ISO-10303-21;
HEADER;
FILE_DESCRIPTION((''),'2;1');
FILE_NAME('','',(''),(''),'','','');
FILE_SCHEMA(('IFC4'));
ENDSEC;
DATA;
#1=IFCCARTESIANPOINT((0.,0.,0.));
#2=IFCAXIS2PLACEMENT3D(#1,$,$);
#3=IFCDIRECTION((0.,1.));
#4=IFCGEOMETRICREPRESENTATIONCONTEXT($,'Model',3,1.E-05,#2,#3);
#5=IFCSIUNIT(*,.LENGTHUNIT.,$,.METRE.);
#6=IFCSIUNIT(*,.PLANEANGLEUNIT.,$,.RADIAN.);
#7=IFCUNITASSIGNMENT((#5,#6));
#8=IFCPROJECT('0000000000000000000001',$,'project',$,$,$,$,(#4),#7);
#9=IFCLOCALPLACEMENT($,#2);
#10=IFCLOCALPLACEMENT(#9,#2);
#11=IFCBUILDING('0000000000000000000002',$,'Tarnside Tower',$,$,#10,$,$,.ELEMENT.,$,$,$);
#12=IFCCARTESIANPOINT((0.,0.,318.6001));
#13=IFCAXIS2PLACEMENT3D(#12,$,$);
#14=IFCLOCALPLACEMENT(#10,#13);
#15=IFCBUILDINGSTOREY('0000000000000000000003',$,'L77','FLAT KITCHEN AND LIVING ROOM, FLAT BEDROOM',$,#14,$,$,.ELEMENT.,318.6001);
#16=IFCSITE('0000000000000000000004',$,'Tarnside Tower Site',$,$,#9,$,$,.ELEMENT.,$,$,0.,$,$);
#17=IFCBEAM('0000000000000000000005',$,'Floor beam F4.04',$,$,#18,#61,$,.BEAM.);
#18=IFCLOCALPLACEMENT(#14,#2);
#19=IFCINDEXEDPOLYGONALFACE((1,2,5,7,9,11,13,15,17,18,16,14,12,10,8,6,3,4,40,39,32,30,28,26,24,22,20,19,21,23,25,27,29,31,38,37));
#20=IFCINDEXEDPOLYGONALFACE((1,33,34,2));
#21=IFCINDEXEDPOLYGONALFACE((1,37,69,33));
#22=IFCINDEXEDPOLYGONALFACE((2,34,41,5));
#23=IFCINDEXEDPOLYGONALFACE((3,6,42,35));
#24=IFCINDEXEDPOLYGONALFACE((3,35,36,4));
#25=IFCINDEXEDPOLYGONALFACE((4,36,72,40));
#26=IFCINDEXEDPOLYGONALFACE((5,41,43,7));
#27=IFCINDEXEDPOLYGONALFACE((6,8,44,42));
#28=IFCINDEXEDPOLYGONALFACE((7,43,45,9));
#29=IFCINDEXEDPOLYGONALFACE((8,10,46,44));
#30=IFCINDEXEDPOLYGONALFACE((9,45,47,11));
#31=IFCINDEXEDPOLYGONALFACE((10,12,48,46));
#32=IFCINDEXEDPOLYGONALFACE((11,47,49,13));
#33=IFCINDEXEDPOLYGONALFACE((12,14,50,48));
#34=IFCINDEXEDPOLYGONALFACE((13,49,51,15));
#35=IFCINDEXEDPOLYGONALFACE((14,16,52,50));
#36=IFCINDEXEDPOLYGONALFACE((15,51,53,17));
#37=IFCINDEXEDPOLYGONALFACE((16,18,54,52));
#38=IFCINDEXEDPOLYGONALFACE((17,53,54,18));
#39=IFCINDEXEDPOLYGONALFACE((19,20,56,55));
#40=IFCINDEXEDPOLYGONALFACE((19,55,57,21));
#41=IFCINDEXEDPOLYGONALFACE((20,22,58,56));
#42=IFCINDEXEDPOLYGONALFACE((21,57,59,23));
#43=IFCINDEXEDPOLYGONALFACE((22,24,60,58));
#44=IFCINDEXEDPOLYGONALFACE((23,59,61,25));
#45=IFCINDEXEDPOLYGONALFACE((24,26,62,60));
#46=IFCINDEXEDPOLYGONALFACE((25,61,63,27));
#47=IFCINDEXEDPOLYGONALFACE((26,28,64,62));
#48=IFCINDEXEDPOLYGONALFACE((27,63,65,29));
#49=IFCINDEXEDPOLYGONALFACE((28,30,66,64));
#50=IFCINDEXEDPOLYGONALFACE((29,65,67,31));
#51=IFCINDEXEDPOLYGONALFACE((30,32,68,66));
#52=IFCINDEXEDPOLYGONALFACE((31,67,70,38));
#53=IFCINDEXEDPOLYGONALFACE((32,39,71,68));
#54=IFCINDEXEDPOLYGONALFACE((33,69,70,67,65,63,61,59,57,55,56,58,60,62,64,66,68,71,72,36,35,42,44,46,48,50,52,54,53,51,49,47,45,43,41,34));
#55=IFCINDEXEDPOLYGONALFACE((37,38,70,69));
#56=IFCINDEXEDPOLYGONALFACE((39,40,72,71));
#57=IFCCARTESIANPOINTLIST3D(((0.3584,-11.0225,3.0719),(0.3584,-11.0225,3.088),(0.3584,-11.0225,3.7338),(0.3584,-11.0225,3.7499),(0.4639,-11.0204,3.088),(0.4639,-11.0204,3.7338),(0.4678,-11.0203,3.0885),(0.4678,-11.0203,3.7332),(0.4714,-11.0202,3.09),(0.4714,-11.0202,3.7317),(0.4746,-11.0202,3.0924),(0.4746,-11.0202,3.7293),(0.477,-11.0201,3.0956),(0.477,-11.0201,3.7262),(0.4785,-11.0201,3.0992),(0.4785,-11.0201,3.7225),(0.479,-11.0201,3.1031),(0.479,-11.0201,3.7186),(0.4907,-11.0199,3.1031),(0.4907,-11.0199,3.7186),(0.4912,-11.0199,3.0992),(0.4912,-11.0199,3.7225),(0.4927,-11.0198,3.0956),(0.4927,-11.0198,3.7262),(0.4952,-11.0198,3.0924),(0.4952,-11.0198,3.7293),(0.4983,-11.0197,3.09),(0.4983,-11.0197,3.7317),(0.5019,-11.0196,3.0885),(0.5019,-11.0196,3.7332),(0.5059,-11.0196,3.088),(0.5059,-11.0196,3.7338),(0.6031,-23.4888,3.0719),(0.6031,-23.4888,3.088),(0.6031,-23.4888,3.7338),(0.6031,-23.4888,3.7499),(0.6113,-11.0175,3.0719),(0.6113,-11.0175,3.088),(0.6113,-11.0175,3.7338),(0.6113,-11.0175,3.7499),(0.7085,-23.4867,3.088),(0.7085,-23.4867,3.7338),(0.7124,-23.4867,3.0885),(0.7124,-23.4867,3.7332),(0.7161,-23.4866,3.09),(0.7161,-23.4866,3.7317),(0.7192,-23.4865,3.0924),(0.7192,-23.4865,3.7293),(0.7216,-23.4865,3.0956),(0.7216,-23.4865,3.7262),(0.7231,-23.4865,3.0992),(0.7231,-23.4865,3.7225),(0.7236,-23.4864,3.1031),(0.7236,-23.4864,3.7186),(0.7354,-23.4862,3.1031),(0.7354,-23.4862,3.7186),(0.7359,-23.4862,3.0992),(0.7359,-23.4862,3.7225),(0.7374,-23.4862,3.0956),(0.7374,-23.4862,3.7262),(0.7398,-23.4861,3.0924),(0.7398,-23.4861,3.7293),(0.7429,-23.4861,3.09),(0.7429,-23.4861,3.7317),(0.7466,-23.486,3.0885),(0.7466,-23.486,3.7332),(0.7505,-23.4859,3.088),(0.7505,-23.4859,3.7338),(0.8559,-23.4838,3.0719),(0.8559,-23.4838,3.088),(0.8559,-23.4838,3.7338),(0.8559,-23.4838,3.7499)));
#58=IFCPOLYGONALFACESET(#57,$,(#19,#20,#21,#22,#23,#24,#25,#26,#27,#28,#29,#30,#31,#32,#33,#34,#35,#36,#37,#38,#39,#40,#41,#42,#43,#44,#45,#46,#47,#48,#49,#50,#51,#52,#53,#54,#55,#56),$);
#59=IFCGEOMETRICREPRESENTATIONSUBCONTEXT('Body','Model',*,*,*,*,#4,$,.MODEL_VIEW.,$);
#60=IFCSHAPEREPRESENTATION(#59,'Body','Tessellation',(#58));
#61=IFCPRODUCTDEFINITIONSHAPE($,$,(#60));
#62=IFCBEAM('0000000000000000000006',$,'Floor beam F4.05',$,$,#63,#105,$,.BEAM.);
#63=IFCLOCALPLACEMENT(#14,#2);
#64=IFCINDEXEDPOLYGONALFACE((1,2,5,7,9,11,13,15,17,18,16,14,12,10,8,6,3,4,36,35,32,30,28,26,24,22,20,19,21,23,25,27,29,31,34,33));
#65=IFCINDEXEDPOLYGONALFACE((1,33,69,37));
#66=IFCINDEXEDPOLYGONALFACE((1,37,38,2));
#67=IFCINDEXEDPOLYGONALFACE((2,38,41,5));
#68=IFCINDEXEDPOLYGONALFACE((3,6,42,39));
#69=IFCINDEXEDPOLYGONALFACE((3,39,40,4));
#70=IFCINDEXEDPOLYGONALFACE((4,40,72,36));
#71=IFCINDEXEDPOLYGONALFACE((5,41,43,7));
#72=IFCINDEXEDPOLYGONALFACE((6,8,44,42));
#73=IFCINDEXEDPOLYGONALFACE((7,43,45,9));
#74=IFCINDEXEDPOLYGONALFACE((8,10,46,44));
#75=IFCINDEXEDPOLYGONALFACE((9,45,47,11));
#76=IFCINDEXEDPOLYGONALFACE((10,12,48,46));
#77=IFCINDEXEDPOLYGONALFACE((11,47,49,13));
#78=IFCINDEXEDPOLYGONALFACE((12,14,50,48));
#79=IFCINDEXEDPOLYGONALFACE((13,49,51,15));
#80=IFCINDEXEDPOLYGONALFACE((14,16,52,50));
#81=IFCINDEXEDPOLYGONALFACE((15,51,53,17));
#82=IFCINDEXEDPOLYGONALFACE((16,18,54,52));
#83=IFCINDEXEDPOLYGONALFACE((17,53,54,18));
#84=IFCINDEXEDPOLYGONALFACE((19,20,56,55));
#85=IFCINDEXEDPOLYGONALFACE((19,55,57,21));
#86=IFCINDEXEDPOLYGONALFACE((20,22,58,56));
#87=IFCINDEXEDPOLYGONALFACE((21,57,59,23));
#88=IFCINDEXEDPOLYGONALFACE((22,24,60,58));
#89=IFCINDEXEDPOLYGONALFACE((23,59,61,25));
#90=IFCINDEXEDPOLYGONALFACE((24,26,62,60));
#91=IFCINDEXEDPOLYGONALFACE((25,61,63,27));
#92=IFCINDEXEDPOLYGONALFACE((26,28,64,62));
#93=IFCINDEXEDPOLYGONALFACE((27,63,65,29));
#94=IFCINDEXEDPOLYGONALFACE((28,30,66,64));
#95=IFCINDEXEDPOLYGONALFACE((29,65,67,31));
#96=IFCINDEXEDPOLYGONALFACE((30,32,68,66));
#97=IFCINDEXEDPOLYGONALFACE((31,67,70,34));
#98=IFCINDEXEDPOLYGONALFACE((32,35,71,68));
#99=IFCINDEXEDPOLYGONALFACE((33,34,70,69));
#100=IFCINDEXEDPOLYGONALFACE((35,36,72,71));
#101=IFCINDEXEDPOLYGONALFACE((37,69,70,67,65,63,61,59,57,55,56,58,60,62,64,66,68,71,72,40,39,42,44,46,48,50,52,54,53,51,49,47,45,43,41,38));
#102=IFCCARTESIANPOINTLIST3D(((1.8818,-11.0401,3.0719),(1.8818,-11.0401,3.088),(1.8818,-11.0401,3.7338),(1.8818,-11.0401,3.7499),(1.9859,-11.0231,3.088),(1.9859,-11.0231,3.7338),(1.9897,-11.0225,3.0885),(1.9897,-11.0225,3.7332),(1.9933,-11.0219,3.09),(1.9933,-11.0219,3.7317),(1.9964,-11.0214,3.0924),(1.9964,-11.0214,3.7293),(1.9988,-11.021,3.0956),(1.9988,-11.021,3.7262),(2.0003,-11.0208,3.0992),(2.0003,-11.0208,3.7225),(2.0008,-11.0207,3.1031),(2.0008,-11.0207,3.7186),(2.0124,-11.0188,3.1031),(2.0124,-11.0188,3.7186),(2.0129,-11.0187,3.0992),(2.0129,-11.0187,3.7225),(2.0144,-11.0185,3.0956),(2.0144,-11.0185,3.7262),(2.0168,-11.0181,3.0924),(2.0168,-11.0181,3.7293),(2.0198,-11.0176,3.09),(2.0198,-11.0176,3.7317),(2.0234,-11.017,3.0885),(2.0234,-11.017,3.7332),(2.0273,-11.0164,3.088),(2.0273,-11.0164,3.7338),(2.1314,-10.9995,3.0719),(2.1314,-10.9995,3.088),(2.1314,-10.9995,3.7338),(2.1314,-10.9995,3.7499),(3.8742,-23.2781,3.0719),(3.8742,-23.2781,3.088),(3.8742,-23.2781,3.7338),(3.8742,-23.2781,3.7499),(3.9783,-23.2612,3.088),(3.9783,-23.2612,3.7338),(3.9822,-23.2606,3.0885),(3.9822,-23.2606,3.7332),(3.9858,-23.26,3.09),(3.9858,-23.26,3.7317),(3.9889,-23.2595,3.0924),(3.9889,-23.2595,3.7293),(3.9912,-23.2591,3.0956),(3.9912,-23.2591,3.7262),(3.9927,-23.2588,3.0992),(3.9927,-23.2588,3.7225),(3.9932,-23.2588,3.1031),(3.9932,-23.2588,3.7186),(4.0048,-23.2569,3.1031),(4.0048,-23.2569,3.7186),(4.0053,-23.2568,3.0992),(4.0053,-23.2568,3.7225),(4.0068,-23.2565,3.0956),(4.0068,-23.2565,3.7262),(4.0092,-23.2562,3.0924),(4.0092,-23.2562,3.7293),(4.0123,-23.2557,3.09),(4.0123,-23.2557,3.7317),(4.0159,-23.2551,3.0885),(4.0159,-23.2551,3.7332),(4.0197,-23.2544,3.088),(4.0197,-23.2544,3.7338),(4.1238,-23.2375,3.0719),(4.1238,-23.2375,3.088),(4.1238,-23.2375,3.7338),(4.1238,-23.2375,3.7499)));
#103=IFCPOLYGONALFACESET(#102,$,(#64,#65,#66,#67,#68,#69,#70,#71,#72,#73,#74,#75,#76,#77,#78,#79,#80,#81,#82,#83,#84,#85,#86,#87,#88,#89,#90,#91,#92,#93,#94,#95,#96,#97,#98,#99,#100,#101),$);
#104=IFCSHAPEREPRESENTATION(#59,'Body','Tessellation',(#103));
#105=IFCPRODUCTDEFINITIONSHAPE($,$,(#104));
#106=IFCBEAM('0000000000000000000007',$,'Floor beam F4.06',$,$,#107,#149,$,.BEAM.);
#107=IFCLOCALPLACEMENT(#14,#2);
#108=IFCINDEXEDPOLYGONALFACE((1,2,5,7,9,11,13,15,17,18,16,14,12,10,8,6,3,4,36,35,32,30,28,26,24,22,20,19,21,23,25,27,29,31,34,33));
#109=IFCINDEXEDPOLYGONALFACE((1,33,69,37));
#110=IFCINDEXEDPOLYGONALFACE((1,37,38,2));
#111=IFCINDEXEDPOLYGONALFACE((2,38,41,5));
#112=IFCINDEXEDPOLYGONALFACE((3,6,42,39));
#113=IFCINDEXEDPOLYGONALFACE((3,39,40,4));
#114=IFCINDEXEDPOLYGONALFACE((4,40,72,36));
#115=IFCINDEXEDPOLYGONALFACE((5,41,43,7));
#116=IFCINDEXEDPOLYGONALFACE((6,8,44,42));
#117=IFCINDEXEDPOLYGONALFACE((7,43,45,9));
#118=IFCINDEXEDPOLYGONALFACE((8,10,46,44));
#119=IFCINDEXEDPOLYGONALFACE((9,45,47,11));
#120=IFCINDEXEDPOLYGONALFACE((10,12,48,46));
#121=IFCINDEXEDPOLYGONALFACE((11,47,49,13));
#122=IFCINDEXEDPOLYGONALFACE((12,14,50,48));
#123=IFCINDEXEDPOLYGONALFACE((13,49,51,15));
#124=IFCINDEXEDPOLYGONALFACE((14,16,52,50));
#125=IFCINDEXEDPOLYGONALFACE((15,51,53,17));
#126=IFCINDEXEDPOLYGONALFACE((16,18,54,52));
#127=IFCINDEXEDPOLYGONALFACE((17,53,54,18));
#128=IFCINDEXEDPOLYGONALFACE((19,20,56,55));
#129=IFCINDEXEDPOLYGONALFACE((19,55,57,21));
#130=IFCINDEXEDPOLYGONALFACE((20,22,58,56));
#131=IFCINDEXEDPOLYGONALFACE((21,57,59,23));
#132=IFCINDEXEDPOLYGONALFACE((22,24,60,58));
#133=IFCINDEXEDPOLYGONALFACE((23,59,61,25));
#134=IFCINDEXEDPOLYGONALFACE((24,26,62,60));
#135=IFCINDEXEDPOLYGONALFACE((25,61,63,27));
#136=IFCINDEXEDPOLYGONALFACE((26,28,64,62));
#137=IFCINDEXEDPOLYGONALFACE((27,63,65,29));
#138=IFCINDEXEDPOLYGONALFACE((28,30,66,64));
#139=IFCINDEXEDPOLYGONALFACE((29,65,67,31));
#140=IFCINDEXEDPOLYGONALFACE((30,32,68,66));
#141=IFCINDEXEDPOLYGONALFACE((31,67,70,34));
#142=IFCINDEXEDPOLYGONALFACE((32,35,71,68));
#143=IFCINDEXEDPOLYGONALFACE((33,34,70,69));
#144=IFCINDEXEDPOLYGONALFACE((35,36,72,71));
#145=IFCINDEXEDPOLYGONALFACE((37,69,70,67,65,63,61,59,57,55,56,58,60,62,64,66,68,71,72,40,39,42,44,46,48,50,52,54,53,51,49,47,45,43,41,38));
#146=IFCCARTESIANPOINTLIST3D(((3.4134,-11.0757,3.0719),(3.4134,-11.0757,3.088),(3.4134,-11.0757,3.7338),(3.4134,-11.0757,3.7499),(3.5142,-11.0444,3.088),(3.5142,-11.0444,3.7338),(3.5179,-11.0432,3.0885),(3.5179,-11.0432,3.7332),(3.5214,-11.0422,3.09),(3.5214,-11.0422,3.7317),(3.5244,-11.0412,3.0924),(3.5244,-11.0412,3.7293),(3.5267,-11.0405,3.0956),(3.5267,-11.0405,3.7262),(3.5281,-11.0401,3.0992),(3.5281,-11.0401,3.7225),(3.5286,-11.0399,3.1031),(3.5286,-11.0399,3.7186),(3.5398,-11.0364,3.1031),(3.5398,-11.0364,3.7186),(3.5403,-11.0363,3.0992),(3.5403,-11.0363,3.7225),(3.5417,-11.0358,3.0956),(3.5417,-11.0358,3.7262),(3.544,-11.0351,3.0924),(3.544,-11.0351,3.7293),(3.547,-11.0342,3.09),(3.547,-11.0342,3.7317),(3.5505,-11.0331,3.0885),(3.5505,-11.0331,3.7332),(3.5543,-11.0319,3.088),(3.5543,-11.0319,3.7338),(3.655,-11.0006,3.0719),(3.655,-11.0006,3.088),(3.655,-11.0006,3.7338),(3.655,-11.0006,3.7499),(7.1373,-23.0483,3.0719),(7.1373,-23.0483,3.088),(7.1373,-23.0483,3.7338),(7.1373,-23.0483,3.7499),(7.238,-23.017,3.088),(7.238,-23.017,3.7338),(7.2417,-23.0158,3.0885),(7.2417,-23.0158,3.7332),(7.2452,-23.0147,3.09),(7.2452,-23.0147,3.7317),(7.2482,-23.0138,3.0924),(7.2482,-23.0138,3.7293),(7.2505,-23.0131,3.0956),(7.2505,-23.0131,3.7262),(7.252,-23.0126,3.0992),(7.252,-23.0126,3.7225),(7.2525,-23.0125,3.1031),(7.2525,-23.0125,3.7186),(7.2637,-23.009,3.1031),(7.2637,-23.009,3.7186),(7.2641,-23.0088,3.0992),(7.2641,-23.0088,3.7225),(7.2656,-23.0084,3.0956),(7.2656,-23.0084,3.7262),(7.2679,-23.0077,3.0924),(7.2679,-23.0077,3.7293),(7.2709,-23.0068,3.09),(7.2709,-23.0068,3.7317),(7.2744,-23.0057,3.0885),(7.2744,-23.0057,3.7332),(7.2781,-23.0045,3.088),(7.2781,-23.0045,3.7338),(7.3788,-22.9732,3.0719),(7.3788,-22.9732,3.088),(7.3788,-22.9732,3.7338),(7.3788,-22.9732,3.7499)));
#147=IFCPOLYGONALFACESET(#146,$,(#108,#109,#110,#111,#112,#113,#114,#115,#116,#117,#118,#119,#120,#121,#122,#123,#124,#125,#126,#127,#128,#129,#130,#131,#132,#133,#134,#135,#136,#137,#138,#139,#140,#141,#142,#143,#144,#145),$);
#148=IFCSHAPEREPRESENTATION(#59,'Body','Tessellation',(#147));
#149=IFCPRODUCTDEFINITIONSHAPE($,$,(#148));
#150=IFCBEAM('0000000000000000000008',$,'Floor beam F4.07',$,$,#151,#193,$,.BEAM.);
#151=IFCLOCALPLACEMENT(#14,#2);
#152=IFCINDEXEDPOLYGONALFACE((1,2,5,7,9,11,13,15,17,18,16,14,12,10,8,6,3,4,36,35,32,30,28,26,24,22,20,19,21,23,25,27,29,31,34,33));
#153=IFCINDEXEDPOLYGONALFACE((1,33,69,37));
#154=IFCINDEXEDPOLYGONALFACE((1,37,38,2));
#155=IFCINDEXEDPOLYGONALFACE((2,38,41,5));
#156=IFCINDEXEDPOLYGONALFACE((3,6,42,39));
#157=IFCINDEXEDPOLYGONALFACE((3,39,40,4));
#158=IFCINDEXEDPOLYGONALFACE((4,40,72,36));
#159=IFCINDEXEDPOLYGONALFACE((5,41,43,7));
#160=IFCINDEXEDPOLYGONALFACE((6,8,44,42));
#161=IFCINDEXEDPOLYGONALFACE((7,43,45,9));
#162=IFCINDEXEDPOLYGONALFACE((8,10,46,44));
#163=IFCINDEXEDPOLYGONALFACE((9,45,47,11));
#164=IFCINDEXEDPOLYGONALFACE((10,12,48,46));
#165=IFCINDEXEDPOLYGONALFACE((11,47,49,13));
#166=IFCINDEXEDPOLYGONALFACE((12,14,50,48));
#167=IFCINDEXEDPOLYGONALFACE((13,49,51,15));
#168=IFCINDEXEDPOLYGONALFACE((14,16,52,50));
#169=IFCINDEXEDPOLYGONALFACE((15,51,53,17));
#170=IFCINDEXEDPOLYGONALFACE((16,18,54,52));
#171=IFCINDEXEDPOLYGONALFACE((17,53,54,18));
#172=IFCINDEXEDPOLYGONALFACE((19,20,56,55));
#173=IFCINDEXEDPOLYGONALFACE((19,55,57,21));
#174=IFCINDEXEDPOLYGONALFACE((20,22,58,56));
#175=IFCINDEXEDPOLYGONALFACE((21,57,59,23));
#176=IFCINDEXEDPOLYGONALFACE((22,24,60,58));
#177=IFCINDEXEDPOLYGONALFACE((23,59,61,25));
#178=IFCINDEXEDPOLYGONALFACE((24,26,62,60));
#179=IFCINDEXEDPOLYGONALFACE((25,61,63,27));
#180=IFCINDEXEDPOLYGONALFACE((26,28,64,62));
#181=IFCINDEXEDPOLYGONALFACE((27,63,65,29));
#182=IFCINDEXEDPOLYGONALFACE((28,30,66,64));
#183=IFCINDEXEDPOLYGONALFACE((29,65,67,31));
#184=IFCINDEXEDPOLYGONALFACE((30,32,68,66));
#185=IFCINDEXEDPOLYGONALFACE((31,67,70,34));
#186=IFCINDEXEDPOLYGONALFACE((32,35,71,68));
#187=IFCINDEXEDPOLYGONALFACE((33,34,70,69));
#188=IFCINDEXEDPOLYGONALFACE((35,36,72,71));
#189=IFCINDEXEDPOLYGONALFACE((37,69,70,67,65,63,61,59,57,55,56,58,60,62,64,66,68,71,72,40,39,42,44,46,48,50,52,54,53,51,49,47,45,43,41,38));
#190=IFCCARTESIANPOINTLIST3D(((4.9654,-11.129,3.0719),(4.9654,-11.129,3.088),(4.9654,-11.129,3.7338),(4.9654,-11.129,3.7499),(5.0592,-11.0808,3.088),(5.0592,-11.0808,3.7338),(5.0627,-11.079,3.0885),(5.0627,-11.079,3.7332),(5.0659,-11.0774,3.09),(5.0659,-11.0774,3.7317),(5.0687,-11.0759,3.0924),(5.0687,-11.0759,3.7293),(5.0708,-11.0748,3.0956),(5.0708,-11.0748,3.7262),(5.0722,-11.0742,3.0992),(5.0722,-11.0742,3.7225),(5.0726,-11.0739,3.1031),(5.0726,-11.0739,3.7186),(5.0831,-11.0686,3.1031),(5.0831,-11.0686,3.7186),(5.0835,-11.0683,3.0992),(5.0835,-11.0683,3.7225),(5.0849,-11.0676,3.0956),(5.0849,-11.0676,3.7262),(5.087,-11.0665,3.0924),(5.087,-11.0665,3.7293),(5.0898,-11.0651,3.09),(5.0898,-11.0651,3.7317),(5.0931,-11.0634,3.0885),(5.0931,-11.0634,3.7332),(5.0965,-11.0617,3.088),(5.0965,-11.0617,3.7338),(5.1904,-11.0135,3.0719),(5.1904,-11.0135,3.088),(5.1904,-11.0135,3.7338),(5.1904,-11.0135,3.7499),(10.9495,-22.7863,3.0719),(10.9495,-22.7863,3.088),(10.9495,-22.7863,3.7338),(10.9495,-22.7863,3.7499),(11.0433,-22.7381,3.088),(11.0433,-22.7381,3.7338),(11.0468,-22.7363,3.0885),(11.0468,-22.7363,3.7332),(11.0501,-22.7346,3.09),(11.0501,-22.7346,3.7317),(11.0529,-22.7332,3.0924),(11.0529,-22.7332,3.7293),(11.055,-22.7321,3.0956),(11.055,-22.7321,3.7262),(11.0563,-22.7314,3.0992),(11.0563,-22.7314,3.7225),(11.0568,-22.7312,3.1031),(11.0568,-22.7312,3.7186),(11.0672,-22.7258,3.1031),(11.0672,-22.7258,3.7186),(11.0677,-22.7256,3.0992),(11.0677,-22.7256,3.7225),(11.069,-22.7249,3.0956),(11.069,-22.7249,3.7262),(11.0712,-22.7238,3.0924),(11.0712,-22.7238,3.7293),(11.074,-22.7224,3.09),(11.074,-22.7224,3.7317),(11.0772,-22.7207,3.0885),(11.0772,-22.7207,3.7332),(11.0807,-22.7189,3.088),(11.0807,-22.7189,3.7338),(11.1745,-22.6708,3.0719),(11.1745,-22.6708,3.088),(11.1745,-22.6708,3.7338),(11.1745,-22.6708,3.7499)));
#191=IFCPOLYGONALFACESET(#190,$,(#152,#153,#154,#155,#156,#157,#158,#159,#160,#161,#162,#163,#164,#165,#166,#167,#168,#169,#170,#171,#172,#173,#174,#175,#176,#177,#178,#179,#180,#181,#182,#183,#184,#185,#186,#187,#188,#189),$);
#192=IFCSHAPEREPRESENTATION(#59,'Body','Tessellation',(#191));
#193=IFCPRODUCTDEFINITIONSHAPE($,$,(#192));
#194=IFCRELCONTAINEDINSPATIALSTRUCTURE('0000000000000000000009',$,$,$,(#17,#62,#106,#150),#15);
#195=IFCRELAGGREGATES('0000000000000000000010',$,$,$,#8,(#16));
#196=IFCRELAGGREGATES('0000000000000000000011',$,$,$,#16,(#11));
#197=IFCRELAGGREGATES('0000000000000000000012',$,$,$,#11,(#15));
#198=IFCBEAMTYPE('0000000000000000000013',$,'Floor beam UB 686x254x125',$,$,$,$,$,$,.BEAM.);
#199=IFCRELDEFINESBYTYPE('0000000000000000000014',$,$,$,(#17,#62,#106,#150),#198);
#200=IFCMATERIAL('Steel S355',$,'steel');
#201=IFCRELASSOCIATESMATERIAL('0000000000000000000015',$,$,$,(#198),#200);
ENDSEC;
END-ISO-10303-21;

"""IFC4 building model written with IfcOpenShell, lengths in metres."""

from ifc_helpers import new_model, si_unit, direction, frame, origin, origin_2d, place, context, subcontext, project, spatial, i_section, extrude, material, material_profile, profile_set, type_object, element, save


model = new_model("IFC4")

# Units and contexts
model_context = context("Model", 3, precision=1e-05, world=origin(), true_north=direction((0.0, 1.0)))
body_context = subcontext(model_context, "Body", "Model", "MODEL_VIEW")
ifc_project = project(units=[si_unit("LENGTHUNIT", "METRE"), si_unit("PLANEANGLEUNIT", "RADIAN")], contexts=[model_context])

# Site, building, storey
site_placement = place(None, origin())
site = spatial("IfcSite", under=ifc_project, at=site_placement, Name="Tarnside Tower Site", CompositionType="ELEMENT", RefElevation=0.0)
building_placement = place(site_placement, origin())
building = spatial("IfcBuilding", under=site, at=building_placement, Name="Tarnside Tower", CompositionType="ELEMENT")
storey_placement = place(building_placement, frame((0.0, 0.0, 318.6001)))
storey = spatial("IfcBuildingStorey", under=building, at=storey_placement, Name="L77", Description="FLAT KITCHEN AND LIVING ROOM, FLAT BEDROOM", CompositionType="ELEMENT", Elevation=318.6001)

# Beams
ifc_material_1 = material(Name="Steel S355", Category="steel")
ifc_material_profile = material_profile(ifc_material_1, i_section(OverallWidth=0.2529, OverallDepth=0.678, WebThickness=0.0117, FlangeThickness=0.0161, FilletRadius=0.0151, at=origin_2d()), Name="UB 686x254x125")
ifc_profile_set = profile_set([ifc_material_profile], Name="Steel S355")
beam_type = type_object("IfcBeamType", Name="Floor beam UB 686x254x125", PredefinedType="BEAM", material=ifc_profile_set)
beam_1_placement = place(storey_placement, frame((0.7295, -23.4863, 3.4109), z_axis=(-0.019619, 0.999808, 0.0), x_axis=(-0.999808, -0.019619, 0.0)))
element("IfcBeam", 1, at=beam_1_placement, inside=storey, type_object=beam_type, Name="Floor beam F4.04", PredefinedType="BEAM", context=body_context, shape_type="SweptSolid", body=[
    extrude(i_section(OverallWidth=0.2529, OverallDepth=0.678, WebThickness=0.0117, FlangeThickness=0.0161, FilletRadius=0.0151, at=origin_2d()), origin(), (0.0, 0.0, 1.0), 12.4688),
])
beam_2_placement = place(storey_placement, frame((3.999, -23.2578, 3.4109), z_axis=(-0.160691, 0.987005, 0.0), x_axis=(-0.987005, -0.160691, 0.0)))
element("IfcBeam", 2, at=beam_2_placement, inside=storey, type_object=beam_type, Name="Floor beam F4.05", PredefinedType="BEAM", context=body_context, shape_type="SweptSolid", body=[
    extrude(i_section(OverallWidth=0.2529, OverallDepth=0.678, WebThickness=0.0117, FlangeThickness=0.0161, FilletRadius=0.0151, at=origin_2d()), origin(), (0.0, 0.0, 1.0), 12.3992),
])
beam_3_placement = place(storey_placement, frame((7.2581, -23.0107, 3.4109), z_axis=(-0.296998, 0.954878, 0.0), x_axis=(-0.954878, -0.296998, 0.0)))
element("IfcBeam", 3, at=beam_3_placement, inside=storey, type_object=beam_type, Name="Floor beam F4.06", PredefinedType="BEAM", context=body_context, shape_type="SweptSolid", body=[
    extrude(i_section(OverallWidth=0.2529, OverallDepth=0.678, WebThickness=0.0117, FlangeThickness=0.0161, FilletRadius=0.0151, at=origin_2d()), origin(), (0.0, 0.0, 1.0), 12.5383),
])
beam_4_placement = place(storey_placement, frame((11.062, -22.7285, 3.4109), z_axis=(-0.456683, 0.889629, 0.0), x_axis=(-0.889629, -0.456683, 0.0)))
element("IfcBeam", 4, at=beam_4_placement, inside=storey, type_object=beam_type, Name="Floor beam F4.07", PredefinedType="BEAM", context=body_context, shape_type="SweptSolid", body=[
    extrude(i_section(OverallWidth=0.2529, OverallDepth=0.678, WebThickness=0.0117, FlangeThickness=0.0161, FilletRadius=0.0151, at=origin_2d()), origin(), (0.0, 0.0, 1.0), 13.1035),
])

save(model, "model.ifc")
